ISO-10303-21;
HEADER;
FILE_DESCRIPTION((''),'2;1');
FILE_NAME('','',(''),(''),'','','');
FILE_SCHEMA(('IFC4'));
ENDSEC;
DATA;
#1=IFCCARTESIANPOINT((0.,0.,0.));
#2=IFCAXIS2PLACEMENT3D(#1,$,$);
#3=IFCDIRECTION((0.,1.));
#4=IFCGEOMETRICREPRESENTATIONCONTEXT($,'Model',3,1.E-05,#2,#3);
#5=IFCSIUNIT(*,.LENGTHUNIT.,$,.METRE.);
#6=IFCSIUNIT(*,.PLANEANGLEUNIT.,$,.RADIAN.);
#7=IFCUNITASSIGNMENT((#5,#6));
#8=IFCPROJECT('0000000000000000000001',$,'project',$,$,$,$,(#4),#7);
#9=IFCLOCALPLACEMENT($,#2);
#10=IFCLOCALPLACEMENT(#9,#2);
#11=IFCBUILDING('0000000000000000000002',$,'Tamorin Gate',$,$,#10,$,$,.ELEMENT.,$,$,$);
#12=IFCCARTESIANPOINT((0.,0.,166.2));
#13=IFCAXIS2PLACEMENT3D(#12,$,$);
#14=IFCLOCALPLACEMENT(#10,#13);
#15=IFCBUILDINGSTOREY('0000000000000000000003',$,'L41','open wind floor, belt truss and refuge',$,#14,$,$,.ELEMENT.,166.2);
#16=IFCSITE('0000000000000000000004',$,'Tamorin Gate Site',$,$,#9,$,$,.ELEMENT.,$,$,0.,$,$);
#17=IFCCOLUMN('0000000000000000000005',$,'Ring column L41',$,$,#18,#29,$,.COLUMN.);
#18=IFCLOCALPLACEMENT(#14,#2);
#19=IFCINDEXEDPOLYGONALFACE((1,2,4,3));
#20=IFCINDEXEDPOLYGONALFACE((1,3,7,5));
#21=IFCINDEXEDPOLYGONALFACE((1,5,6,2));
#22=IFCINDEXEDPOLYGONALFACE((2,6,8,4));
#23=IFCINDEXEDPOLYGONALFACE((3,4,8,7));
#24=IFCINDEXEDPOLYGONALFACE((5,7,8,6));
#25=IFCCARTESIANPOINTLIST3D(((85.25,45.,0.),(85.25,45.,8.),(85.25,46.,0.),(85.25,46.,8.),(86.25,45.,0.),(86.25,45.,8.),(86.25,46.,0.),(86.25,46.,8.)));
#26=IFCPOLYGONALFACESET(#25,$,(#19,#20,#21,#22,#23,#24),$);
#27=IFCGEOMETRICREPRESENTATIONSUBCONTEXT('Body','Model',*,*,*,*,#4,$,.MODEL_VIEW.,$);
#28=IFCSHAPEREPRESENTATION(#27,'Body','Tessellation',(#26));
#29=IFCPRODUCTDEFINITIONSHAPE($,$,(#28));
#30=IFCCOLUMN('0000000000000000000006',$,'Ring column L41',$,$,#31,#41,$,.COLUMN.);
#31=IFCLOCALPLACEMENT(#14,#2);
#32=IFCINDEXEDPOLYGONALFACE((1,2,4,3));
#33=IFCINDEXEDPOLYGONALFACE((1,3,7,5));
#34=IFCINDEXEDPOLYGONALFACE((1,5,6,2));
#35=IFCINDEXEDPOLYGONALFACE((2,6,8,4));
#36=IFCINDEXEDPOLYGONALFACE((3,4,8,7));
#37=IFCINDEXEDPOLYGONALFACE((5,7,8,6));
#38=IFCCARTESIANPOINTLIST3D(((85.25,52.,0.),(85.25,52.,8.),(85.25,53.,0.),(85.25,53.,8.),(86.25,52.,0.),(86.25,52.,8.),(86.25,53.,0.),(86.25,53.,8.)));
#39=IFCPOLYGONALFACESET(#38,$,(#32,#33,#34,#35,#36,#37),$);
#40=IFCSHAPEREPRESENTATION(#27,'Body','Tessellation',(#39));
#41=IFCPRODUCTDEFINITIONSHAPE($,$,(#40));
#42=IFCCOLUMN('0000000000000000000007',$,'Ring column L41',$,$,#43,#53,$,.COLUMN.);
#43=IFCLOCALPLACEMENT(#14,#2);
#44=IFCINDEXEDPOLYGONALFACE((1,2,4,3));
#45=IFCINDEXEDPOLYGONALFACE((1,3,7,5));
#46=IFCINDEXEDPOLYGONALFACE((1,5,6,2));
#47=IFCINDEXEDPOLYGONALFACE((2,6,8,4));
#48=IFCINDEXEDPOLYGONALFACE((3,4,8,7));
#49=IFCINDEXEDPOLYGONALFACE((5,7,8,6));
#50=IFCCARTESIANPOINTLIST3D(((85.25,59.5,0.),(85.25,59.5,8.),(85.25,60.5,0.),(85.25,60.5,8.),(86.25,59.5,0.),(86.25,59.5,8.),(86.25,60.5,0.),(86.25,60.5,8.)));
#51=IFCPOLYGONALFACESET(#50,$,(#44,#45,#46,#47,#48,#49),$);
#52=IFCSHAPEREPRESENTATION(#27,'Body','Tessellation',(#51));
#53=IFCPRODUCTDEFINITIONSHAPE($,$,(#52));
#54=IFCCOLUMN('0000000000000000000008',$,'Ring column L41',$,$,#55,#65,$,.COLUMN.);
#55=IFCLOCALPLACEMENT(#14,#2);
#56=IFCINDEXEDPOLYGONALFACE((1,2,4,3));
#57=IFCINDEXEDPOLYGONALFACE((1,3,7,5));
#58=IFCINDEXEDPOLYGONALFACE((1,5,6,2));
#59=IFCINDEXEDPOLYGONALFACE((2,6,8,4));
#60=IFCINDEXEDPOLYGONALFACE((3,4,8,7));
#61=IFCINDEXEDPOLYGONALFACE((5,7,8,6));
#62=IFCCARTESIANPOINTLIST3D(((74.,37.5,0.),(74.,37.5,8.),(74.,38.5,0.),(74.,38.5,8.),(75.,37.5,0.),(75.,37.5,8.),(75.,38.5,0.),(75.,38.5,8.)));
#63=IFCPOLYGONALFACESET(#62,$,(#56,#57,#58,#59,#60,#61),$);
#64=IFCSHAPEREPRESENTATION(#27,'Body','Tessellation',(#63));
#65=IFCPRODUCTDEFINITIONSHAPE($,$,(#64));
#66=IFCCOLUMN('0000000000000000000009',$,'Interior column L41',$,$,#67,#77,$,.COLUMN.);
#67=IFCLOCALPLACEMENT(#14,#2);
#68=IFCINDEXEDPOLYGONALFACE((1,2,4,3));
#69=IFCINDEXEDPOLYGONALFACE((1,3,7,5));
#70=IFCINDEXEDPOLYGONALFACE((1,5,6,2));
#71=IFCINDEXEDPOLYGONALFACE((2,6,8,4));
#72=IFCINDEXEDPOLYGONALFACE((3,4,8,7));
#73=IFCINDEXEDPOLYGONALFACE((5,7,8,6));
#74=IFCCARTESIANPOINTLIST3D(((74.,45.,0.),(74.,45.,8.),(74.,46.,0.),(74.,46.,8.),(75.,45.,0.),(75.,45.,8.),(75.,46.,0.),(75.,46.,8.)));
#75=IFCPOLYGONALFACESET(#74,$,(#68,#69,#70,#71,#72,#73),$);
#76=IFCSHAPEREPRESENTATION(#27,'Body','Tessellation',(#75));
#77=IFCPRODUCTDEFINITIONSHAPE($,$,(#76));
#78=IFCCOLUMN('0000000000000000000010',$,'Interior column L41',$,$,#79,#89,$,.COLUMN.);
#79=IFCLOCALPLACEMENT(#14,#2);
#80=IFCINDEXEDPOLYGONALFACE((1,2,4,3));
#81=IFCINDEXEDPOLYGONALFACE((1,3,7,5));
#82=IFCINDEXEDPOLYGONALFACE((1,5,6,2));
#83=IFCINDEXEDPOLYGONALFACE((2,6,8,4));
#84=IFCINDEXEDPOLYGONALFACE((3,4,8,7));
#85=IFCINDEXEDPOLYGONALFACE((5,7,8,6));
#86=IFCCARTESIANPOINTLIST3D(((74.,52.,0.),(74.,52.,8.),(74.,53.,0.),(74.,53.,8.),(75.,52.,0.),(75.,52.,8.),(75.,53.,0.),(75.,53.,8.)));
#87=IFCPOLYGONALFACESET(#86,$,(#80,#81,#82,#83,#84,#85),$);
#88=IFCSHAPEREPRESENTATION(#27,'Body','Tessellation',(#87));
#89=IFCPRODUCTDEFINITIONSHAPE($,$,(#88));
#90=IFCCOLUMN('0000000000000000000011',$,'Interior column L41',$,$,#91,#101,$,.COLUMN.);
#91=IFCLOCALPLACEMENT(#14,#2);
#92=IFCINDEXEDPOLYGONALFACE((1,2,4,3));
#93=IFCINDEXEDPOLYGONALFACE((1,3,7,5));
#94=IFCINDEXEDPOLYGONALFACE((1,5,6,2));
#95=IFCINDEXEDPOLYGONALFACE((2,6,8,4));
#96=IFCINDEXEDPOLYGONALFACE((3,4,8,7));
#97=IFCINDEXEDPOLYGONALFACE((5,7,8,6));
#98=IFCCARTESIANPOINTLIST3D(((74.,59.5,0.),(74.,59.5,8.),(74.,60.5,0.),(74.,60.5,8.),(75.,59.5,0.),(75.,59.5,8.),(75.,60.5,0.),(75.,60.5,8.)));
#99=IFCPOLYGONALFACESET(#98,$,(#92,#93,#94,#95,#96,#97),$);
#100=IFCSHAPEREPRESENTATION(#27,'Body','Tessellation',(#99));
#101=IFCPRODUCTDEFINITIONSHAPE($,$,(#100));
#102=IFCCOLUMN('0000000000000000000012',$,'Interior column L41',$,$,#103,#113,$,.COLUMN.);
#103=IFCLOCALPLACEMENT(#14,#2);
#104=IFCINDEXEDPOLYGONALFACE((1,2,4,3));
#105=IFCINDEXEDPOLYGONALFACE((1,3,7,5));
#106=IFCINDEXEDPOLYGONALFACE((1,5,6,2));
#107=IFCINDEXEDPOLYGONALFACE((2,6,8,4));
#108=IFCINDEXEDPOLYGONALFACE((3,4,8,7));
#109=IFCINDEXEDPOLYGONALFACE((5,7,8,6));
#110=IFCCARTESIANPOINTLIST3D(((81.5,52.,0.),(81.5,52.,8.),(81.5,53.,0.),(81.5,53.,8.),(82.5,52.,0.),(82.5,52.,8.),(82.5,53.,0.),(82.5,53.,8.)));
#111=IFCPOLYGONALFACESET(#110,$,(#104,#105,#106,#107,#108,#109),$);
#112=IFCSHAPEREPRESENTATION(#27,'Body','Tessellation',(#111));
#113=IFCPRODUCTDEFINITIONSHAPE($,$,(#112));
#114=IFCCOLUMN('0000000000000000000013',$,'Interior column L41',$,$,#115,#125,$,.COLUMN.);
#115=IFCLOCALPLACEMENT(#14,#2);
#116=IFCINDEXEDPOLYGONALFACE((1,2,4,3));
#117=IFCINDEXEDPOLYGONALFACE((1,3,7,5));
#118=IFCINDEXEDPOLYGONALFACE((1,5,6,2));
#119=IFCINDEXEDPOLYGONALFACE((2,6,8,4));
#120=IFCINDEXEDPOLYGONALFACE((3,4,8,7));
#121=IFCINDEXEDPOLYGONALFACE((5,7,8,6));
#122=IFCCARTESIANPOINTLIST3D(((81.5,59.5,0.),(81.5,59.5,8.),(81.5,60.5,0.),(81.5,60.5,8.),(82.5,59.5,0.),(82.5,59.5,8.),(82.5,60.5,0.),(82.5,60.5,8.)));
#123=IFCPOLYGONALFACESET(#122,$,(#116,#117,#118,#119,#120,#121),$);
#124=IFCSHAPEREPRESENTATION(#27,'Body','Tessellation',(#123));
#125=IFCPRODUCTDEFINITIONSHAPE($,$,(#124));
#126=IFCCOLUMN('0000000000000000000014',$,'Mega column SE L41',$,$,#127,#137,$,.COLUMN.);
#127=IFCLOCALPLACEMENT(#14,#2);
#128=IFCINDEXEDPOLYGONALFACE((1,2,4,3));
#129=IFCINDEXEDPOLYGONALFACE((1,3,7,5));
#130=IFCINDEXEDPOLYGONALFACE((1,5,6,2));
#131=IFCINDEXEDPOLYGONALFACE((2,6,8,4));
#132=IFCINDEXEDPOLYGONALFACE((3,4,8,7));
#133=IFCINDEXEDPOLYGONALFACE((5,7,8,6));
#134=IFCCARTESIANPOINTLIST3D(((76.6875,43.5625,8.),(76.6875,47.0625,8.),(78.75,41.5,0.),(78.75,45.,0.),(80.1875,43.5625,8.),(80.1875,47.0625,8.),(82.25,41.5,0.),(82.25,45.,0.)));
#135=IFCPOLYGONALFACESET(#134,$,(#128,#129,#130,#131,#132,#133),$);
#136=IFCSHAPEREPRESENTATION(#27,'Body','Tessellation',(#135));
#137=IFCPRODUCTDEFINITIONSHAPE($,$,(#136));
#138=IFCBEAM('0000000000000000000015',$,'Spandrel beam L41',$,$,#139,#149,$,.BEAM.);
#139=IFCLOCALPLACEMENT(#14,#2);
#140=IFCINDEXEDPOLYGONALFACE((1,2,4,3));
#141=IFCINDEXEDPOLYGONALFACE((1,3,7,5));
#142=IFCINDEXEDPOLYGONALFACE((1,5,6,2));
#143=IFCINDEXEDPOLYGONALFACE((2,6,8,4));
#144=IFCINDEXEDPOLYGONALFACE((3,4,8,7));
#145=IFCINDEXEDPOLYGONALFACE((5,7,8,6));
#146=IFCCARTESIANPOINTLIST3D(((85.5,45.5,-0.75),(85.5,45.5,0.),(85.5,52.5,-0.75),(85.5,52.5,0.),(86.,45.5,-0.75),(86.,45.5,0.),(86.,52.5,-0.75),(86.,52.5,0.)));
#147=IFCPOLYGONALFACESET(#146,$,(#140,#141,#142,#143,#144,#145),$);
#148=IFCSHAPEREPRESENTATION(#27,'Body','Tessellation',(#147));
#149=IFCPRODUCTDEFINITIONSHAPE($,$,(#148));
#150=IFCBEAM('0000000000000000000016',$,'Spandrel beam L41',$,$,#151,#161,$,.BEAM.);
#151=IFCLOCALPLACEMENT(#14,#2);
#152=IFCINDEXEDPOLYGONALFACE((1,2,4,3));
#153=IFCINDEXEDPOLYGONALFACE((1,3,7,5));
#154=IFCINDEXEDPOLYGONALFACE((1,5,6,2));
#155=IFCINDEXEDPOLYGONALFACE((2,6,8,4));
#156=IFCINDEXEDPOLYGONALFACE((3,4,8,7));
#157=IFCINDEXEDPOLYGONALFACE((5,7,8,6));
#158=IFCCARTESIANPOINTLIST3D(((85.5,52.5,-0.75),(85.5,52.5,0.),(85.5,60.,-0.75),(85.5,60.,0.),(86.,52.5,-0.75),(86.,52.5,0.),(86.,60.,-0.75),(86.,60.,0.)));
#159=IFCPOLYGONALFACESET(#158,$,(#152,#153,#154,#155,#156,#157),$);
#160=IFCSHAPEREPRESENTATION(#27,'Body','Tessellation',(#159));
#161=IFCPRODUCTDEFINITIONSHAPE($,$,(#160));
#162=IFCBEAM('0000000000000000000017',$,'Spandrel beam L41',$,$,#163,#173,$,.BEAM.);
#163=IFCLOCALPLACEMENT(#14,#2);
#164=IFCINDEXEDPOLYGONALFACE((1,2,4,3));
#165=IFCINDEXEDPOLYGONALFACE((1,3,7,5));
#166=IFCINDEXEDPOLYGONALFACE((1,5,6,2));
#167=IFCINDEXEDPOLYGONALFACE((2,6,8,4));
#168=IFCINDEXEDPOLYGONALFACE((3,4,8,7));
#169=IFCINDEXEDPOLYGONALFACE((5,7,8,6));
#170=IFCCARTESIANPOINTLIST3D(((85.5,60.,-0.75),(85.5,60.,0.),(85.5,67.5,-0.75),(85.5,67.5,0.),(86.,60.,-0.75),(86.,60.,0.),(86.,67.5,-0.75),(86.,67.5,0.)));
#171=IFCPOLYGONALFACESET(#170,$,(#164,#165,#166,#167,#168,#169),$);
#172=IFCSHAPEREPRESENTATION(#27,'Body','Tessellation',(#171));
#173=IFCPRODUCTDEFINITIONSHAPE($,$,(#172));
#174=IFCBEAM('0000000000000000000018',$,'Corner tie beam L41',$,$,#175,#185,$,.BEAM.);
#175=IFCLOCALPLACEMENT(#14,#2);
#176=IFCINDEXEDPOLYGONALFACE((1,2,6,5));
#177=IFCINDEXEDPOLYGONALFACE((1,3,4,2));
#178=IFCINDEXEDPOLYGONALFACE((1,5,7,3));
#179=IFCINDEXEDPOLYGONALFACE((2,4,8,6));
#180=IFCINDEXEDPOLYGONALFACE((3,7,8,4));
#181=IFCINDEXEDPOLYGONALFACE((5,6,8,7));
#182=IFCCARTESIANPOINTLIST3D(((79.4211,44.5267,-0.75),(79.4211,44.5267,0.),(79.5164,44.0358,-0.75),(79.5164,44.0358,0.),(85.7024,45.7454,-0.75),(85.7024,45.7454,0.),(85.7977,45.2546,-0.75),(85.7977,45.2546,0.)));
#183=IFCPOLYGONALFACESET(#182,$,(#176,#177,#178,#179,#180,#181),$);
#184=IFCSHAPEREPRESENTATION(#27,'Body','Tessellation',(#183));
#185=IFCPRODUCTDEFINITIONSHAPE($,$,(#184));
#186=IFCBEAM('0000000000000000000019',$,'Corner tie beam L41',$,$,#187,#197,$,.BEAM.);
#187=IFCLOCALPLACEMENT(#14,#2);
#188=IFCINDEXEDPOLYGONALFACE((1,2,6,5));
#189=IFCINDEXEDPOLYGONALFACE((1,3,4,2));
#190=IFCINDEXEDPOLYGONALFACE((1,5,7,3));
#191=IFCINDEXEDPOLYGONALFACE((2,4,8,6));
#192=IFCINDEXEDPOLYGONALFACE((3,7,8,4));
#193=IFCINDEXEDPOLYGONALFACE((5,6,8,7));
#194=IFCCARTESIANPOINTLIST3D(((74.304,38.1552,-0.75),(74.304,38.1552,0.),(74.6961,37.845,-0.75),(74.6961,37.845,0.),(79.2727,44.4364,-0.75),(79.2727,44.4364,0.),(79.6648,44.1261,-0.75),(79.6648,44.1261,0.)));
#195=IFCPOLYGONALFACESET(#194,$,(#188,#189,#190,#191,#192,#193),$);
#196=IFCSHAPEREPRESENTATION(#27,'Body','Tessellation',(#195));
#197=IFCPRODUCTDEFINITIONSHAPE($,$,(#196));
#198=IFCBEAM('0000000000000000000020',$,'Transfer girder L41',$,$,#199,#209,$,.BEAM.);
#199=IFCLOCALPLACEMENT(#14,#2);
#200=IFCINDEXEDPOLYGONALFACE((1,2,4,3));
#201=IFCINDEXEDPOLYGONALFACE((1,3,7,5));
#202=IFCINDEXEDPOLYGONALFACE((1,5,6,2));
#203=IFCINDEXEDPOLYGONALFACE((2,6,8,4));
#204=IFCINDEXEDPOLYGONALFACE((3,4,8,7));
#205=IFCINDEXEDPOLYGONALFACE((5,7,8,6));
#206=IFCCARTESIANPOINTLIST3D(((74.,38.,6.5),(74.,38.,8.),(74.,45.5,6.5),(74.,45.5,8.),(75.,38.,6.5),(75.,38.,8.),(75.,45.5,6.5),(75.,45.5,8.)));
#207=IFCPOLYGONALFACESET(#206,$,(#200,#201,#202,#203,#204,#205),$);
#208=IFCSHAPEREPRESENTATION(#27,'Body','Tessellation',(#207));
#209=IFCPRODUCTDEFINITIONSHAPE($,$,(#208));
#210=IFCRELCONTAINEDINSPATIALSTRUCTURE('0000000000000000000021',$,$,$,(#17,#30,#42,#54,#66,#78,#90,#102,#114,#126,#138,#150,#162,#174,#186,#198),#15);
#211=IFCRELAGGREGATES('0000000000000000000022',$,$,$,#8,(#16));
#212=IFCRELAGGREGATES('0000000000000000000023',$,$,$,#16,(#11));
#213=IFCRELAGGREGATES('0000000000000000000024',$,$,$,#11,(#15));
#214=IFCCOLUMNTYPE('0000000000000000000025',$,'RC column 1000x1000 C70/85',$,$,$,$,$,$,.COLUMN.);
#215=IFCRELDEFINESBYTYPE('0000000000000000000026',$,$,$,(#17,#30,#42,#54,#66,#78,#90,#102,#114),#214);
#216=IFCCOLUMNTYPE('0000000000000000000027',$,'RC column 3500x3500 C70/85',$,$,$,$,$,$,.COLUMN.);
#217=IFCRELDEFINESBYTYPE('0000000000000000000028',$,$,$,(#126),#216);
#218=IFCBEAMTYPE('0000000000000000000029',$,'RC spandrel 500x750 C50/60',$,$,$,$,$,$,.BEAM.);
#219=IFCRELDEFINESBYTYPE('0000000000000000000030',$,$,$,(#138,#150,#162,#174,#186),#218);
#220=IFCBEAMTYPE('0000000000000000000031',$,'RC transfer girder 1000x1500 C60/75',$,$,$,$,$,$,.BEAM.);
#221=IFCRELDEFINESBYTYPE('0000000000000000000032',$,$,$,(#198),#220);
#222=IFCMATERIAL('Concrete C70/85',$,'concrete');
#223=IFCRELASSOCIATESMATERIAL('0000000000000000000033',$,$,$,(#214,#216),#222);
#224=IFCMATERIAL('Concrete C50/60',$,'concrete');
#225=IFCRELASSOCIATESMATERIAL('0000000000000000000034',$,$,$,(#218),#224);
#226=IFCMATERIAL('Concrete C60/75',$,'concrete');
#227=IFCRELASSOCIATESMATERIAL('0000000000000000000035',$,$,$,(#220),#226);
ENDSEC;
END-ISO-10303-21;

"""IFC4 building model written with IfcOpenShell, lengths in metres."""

from ifc_helpers import new_model, si_unit, direction, frame, origin, origin_2d, place, context, subcontext, project, spatial, rectangle, extrude, material, material_profile, profile_set, type_object, element, save


model = new_model("IFC4")

# Units and contexts
model_context = context("Model", 3, precision=1e-05, world=origin(), true_north=direction((0.0, 1.0)))
body_context = subcontext(model_context, "Body", "Model", "MODEL_VIEW")
ifc_project = project(units=[si_unit("LENGTHUNIT", "METRE"), si_unit("PLANEANGLEUNIT", "RADIAN")], contexts=[model_context])

# Site, building, storey
site_placement = place(None, origin())
site = spatial("IfcSite", under=ifc_project, at=site_placement, Name="Tamorin Gate Site", CompositionType="ELEMENT", RefElevation=0.0)
building_placement = place(site_placement, origin())
building = spatial("IfcBuilding", under=site, at=building_placement, Name="Tamorin Gate", CompositionType="ELEMENT")
storey_placement = place(building_placement, frame((0.0, 0.0, 166.2)))
storey = spatial("IfcBuildingStorey", under=building, at=storey_placement, Name="L41", Description="open wind floor, belt truss and refuge", CompositionType="ELEMENT", Elevation=166.2)

# Columns
ifc_material_1 = material(Name="Concrete C70/85", Category="concrete")
ifc_material_profile_1 = material_profile(ifc_material_1, rectangle(XDim=1.0, YDim=1.0, at=origin_2d()), Name="RC 1000x1000")
ifc_profile_set_1 = profile_set([ifc_material_profile_1], Name="Concrete C70/85")
column_type_1 = type_object("IfcColumnType", Name="RC column 1000x1000 C70/85", PredefinedType="COLUMN", material=ifc_profile_set_1)
for number, where, z_axis, x_axis, name in (
    (1, (85.75, 45.5, 0.0), (0.0, 0.0, 1.0), (1.0, 0.0, 0.0), "Ring column L41"),
    (2, (85.75, 52.5, 0.0), (0.0, 0.0, 1.0), (1.0, 0.0, 0.0), "Ring column L41"),
    (3, (85.75, 60.0, 0.0), (0.0, 0.0, 1.0), (1.0, 0.0, 0.0), "Ring column L41"),
    (4, (74.5, 38.0, 0.0), (0.0, 0.0, 1.0), (1.0, 0.0, 0.0), "Ring column L41"),
    (5, (74.5, 45.5, 0.0), (0.0, 0.0, 1.0), (1.0, 0.0, 0.0), "Interior column L41"),
    (6, (74.5, 52.5, 0.0), (0.0, 0.0, 1.0), (1.0, 0.0, 0.0), "Interior column L41"),
    (7, (74.5, 60.0, 0.0), (0.0, 0.0, 1.0), (1.0, 0.0, 0.0), "Interior column L41"),
    (8, (82.0, 52.5, 0.0), (0.0, 0.0, 1.0), (1.0, 0.0, 0.0), "Interior column L41"),
    (9, (82.0, 60.0, 0.0), (0.0, 0.0, 1.0), (1.0, 0.0, 0.0), "Interior column L41"),
):
    element("IfcColumn", number, at=place(storey_placement, frame(where, z_axis=z_axis, x_axis=x_axis)), inside=storey, type_object=column_type_1, Name=name, PredefinedType="COLUMN", context=body_context, shape_type="SweptSolid", body=[
        extrude(rectangle(XDim=1.0, YDim=1.0, at=origin_2d()), origin(), (0.0, 0.0, 1.0), 8.0),
    ])
ifc_material_profile_2 = material_profile(ifc_material_1, rectangle(XDim=3.5, YDim=3.5, at=origin_2d()), Name="RC 3500x3500")
ifc_profile_set_2 = profile_set([ifc_material_profile_2], Name="Concrete C70/85")
column_type_2 = type_object("IfcColumnType", Name="RC column 3500x3500 C70/85", PredefinedType="COLUMN", material=ifc_profile_set_2)
column_placement = place(storey_placement, frame((80.5, 43.25, 0.0), z_axis=(0.0, 0.0, 1.0), x_axis=(0.0, 1.0, 0.0)))
element("IfcColumn", 10, at=column_placement, inside=storey, type_object=column_type_2, Name="Mega column SE L41", PredefinedType="COLUMN", context=body_context, shape_type="SweptSolid", body=[
    extrude(rectangle(XDim=3.5, YDim=3.5, at=origin_2d()), origin(), (0.242215, 0.242215, 0.939502), 8.5151),
])

# Beams
ifc_material_2 = material(Name="Concrete C50/60", Category="concrete")
ifc_material_profile_3 = material_profile(ifc_material_2, rectangle(XDim=0.5, YDim=0.75, at=origin_2d()), Name="RC 500x750")
ifc_profile_set_3 = profile_set([ifc_material_profile_3], Name="Concrete C50/60")
beam_type_1 = type_object("IfcBeamType", Name="RC spandrel 500x750 C50/60", PredefinedType="BEAM", material=ifc_profile_set_3)
beam_1_placement = place(storey_placement, frame((85.75, 45.5, -0.375), z_axis=(0.0, 1.0, 0.0), x_axis=(-1.0, 0.0, 0.0)))
element("IfcBeam", 11, at=beam_1_placement, inside=storey, type_object=beam_type_1, Name="Spandrel beam L41", PredefinedType="BEAM", context=body_context, shape_type="SweptSolid", body=[
    extrude(rectangle(XDim=0.5, YDim=0.75, at=origin_2d()), origin(), (0.0, 0.0, 1.0), 7.0),
])
for number, where, z_axis, x_axis, name in (
    (12, (85.75, 52.5, -0.375), (0.0, 1.0, 0.0), (-1.0, 0.0, 0.0), "Spandrel beam L41"),
    (13, (85.75, 60.0, -0.375), (0.0, 1.0, 0.0), (-1.0, 0.0, 0.0), "Spandrel beam L41"),
):
    element("IfcBeam", number, at=place(storey_placement, frame(where, z_axis=z_axis, x_axis=x_axis)), inside=storey, type_object=beam_type_1, Name=name, PredefinedType="BEAM", context=body_context, shape_type="SweptSolid", body=[
        extrude(rectangle(XDim=0.5, YDim=0.75, at=origin_2d()), origin(), (0.0, 0.0, 1.0), 7.5),
    ])
beam_2_placement = place(storey_placement, frame((79.4688, 44.2812, -0.375), z_axis=(0.981692, 0.190477, 0.0), x_axis=(-0.190477, 0.981692, 0.0)))
element("IfcBeam", 14, at=beam_2_placement, inside=storey, type_object=beam_type_1, Name="Corner tie beam L41", PredefinedType="BEAM", context=body_context, shape_type="SweptSolid", body=[
    extrude(rectangle(XDim=0.5, YDim=0.75, at=origin_2d()), origin(), (0.0, 0.0, 1.0), 6.3984),
])
beam_3_placement = place(storey_placement, frame((79.4688, 44.2812, -0.375), z_axis=(-0.620403, -0.784283, 0.0), x_axis=(0.784283, -0.620403, 0.0)))
element("IfcBeam", 15, at=beam_3_placement, inside=storey, type_object=beam_type_1, Name="Corner tie beam L41", PredefinedType="BEAM", context=body_context, shape_type="SweptSolid", body=[
    extrude(rectangle(XDim=0.5, YDim=0.75, at=origin_2d()), origin(), (0.0, 0.0, 1.0), 8.0088),
])
ifc_material_3 = material(Name="Concrete C60/75", Category="concrete")
ifc_material_profile_4 = material_profile(ifc_material_3, rectangle(XDim=1.0, YDim=1.5, at=origin_2d()), Name="RC 1000x1500")
ifc_profile_set_4 = profile_set([ifc_material_profile_4], Name="Concrete C60/75")
beam_type_2 = type_object("IfcBeamType", Name="RC transfer girder 1000x1500 C60/75", PredefinedType="BEAM", material=ifc_profile_set_4)
beam_4_placement = place(storey_placement, frame((74.5, 38.0, 7.25), z_axis=(0.0, 1.0, 0.0), x_axis=(-1.0, 0.0, 0.0)))
element("IfcBeam", 16, at=beam_4_placement, inside=storey, type_object=beam_type_2, Name="Transfer girder L41", PredefinedType="BEAM", context=body_context, shape_type="SweptSolid", body=[
    extrude(rectangle(XDim=1.0, YDim=1.5, at=origin_2d()), origin(), (0.0, 0.0, 1.0), 7.5),
])

save(model, "model.ifc")
